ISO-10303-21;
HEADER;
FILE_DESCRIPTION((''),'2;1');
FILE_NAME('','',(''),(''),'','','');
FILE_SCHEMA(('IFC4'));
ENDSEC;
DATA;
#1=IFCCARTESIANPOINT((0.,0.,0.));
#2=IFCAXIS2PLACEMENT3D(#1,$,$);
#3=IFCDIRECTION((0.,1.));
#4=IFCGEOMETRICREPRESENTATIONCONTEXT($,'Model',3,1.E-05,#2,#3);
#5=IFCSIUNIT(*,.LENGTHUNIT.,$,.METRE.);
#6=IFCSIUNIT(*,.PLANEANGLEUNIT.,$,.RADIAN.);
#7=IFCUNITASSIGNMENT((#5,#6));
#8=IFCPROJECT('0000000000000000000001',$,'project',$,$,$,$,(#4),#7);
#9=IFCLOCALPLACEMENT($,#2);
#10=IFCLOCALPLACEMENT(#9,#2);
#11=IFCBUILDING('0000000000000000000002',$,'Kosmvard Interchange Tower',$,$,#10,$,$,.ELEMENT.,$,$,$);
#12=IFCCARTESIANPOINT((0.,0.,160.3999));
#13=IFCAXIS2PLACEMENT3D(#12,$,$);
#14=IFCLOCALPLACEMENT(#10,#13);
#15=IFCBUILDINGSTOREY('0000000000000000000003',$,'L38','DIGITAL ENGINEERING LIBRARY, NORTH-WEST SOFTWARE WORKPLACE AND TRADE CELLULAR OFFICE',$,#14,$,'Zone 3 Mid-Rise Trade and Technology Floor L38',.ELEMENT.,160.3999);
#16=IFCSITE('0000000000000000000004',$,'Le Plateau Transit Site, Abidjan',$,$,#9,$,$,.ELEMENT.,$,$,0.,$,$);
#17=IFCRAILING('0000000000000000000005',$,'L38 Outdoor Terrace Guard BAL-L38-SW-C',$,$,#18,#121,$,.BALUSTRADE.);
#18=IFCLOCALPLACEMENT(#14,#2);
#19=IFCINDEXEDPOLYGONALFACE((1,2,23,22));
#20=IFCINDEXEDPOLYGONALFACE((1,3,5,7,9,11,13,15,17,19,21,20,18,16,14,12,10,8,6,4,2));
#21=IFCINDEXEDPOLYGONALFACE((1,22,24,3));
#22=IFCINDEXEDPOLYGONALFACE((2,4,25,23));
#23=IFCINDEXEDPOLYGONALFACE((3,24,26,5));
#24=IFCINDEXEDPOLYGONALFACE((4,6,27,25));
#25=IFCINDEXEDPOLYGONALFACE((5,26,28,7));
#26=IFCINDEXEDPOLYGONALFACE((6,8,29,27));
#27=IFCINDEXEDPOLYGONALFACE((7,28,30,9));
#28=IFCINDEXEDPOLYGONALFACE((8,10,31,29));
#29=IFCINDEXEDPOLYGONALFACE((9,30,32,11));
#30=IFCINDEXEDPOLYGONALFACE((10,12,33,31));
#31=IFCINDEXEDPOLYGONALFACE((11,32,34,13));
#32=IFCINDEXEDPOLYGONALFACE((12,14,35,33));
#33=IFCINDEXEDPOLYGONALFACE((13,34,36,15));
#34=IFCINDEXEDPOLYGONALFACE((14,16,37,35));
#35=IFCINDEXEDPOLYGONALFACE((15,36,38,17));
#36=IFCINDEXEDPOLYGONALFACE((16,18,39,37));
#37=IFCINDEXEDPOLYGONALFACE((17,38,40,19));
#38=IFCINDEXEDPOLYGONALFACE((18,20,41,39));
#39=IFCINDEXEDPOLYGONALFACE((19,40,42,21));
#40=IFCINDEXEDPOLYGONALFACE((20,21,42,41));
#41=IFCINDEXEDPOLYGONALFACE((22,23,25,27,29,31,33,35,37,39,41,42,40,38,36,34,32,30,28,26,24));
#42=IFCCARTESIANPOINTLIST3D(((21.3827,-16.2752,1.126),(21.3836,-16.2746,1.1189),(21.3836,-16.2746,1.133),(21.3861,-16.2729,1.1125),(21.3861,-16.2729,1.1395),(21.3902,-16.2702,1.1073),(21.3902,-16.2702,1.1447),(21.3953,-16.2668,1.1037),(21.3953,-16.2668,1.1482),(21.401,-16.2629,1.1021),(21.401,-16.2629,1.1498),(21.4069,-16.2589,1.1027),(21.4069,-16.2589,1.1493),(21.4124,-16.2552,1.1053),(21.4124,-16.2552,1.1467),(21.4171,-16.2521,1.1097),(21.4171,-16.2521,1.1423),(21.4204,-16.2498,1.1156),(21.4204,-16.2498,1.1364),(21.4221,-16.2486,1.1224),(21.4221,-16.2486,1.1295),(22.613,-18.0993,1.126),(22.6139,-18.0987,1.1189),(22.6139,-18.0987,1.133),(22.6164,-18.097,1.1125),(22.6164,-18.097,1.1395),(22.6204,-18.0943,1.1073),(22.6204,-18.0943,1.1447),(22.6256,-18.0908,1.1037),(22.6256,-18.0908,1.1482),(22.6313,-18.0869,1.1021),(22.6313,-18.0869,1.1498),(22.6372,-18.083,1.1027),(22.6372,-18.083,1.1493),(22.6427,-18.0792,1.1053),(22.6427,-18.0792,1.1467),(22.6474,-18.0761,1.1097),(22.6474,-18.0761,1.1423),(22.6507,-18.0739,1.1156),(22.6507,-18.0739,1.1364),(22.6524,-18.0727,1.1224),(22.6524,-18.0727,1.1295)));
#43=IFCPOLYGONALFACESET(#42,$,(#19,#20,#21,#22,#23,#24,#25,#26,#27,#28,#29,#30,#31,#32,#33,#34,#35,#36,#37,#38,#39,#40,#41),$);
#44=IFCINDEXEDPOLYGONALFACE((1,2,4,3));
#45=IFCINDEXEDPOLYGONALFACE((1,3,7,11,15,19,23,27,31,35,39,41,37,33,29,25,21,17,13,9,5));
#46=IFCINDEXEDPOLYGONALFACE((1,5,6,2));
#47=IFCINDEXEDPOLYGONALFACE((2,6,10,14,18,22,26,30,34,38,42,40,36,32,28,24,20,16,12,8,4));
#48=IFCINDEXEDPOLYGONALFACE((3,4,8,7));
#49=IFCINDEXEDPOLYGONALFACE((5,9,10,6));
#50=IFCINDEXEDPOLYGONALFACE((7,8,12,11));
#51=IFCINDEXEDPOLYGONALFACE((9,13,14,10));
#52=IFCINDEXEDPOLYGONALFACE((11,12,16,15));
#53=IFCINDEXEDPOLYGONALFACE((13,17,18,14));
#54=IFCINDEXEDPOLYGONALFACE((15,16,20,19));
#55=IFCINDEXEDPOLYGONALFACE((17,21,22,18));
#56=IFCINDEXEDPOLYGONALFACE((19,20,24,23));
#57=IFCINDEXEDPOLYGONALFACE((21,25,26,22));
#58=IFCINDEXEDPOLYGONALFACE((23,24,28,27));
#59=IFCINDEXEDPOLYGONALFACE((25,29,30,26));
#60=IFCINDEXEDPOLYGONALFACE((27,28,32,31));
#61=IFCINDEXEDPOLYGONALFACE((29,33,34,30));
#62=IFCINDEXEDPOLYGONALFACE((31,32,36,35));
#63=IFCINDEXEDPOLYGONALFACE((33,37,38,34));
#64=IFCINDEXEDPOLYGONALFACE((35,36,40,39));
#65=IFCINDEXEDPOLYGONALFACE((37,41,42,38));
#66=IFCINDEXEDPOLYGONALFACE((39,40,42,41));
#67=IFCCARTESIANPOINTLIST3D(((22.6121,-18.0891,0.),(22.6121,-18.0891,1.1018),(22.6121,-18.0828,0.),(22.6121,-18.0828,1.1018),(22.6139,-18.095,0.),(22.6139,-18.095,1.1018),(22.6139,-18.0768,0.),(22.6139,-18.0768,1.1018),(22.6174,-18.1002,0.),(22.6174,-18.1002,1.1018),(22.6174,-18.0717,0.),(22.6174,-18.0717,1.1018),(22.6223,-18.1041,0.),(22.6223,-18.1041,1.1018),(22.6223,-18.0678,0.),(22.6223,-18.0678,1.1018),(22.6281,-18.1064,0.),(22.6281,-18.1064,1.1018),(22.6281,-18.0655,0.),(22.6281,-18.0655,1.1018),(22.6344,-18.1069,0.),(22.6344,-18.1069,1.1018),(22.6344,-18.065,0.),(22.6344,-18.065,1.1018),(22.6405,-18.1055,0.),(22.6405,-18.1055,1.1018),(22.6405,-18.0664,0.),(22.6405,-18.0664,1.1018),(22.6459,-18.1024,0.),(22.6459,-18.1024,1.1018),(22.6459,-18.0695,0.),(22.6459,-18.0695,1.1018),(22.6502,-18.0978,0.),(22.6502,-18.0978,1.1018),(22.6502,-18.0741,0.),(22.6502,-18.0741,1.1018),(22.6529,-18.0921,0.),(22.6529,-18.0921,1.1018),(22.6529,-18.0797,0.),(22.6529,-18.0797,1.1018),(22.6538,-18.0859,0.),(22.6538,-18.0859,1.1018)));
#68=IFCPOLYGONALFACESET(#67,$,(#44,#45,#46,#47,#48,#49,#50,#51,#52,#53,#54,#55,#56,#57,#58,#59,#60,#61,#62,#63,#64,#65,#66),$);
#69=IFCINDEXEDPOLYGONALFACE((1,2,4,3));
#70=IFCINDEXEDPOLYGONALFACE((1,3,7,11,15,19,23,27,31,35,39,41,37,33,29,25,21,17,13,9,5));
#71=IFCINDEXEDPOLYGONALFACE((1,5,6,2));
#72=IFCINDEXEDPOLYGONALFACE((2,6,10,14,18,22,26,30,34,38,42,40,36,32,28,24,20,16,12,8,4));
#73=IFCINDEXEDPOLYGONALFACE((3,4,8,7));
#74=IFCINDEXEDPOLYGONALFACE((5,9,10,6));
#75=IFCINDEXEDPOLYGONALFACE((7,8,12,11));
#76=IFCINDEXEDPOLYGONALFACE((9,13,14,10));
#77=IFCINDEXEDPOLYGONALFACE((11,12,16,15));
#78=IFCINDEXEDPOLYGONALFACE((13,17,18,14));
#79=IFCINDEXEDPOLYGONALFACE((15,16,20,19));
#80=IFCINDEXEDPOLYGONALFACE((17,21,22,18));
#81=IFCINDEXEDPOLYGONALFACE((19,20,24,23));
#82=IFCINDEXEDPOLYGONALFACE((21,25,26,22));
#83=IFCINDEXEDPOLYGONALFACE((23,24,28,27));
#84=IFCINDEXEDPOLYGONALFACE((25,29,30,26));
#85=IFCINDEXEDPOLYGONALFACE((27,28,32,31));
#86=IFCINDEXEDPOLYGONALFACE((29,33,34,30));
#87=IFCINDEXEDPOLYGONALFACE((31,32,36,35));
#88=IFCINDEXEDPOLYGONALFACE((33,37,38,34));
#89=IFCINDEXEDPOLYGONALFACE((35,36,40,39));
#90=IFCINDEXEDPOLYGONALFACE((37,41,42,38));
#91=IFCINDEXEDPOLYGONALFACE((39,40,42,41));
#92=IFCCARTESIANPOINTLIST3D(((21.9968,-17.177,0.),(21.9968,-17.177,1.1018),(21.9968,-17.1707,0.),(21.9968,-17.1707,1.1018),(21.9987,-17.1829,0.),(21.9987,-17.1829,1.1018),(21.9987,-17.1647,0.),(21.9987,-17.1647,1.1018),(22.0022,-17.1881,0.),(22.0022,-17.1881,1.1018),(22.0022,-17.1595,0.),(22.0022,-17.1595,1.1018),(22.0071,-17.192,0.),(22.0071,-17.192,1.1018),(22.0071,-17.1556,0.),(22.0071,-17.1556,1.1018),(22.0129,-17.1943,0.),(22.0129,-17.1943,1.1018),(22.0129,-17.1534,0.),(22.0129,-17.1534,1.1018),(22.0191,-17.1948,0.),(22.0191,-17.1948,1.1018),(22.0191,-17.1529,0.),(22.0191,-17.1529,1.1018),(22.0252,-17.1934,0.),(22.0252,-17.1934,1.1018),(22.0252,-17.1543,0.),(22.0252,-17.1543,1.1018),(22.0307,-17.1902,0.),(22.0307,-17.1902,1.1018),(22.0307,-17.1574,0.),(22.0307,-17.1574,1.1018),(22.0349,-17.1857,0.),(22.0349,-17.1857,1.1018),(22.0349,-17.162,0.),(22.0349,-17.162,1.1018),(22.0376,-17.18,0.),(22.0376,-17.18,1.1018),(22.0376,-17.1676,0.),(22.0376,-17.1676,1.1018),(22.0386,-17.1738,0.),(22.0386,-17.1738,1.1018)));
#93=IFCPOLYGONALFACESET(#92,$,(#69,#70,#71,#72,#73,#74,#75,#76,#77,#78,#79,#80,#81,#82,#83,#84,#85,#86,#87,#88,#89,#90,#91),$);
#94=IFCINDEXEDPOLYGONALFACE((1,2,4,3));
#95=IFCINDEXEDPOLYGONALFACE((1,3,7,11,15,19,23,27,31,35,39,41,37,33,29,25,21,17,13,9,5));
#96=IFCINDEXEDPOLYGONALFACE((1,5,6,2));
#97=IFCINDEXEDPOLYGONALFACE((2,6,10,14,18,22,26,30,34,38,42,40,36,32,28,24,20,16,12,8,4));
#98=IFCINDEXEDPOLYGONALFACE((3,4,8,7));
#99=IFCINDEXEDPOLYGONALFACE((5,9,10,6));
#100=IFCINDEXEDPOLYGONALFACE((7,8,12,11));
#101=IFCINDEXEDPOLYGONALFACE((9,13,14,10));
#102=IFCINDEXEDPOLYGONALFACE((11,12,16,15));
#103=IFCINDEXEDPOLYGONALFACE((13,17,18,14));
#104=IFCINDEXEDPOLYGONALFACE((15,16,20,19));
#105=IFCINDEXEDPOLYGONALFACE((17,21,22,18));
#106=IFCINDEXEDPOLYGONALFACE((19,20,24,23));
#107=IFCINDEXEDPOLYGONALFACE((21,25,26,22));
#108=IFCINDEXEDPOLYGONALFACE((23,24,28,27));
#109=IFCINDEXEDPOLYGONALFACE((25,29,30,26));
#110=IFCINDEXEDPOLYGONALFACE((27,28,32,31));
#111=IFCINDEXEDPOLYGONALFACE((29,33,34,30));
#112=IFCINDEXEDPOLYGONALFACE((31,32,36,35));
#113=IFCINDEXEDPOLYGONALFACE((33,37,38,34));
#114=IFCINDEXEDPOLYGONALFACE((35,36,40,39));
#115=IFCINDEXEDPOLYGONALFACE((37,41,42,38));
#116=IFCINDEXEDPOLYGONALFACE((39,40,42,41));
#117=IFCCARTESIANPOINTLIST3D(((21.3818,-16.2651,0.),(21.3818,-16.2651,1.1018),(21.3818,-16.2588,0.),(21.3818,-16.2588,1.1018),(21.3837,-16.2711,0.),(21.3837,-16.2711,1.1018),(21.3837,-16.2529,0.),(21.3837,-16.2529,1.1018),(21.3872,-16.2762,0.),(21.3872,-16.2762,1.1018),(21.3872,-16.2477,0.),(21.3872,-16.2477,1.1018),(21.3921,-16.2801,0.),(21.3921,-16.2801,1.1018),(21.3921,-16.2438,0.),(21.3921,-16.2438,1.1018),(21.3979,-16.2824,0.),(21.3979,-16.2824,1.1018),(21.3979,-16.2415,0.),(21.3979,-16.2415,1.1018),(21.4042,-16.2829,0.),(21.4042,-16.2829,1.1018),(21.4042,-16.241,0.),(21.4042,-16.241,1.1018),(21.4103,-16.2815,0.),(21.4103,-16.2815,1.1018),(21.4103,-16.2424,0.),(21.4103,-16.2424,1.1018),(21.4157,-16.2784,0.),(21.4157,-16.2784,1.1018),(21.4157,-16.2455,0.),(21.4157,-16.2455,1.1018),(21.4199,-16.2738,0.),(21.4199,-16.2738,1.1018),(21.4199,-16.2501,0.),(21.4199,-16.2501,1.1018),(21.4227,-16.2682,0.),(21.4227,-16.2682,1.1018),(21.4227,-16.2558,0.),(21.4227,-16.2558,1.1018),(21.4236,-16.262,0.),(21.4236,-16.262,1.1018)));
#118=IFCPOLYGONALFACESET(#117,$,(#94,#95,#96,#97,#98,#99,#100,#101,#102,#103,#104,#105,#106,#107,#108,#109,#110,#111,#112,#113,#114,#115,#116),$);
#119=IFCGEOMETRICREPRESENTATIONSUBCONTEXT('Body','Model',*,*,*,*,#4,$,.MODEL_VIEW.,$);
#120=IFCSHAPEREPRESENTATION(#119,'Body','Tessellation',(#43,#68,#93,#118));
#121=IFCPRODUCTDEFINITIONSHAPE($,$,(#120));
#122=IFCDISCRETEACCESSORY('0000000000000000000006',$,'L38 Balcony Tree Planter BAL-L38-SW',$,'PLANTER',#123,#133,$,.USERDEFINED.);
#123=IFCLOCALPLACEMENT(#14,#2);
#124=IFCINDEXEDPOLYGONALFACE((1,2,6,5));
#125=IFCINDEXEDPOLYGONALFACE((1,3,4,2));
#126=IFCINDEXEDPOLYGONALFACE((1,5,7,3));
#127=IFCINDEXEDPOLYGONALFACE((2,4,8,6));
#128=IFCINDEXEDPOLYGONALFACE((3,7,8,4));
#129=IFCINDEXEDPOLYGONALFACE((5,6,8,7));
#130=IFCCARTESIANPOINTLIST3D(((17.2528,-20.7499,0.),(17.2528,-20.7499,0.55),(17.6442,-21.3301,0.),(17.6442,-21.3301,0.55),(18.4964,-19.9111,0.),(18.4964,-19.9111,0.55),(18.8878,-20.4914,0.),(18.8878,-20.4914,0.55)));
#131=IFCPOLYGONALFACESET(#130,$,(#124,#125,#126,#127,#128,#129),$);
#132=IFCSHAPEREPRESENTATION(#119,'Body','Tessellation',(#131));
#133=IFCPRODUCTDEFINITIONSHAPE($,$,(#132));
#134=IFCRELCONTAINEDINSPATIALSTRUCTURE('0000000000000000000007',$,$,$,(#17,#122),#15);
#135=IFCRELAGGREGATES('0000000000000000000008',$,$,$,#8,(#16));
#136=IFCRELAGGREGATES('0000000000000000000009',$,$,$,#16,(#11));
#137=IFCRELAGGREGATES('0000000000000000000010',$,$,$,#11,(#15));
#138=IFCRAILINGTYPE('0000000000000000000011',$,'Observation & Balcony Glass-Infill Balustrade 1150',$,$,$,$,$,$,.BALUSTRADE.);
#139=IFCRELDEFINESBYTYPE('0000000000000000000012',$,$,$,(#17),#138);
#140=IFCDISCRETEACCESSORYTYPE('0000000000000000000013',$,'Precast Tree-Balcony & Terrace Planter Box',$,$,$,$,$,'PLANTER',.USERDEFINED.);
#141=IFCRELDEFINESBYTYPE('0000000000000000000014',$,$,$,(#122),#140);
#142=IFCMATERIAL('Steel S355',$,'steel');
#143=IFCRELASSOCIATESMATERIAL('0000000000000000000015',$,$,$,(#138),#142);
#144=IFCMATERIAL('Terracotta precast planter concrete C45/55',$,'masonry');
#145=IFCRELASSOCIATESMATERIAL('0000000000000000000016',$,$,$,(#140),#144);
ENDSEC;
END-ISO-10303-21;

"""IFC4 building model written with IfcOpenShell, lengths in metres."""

from ifc_helpers import new_model, si_unit, direction, frame, origin, origin_2d, place, context, subcontext, project, spatial, rectangle, circle, extrude, source, transform, mapped, material, type_object, element, save


model = new_model("IFC4")

# Units and contexts
model_context = context("Model", 3, precision=1e-05, world=origin(), true_north=direction((0.0, 1.0)))
body_context = subcontext(model_context, "Body", "Model", "MODEL_VIEW")
ifc_project = project(units=[si_unit("LENGTHUNIT", "METRE"), si_unit("PLANEANGLEUNIT", "RADIAN")], contexts=[model_context])

# Site, building, storey
site_placement = place(None, origin())
site = spatial("IfcSite", under=ifc_project, at=site_placement, Name="Le Plateau Transit Site, Abidjan", CompositionType="ELEMENT", RefElevation=0.0)
building_placement = place(site_placement, origin())
building = spatial("IfcBuilding", under=site, at=building_placement, Name="Kosmvard Interchange Tower", CompositionType="ELEMENT")
storey_placement = place(building_placement, frame((0.0, 0.0, 160.3999)))
storey = spatial("IfcBuildingStorey", under=building, at=storey_placement, Name="L38", Description="DIGITAL ENGINEERING LIBRARY, NORTH-WEST SOFTWARE WORKPLACE AND TRADE CELLULAR OFFICE", LongName="Zone 3 Mid-Rise Trade and Technology Floor L38", CompositionType="ELEMENT", Elevation=160.3999)

# Shared definitions
ifc_material_1 = material(Name="Steel S355", Category="steel")

# Railing
railing_type = type_object("IfcRailingType", Name="Observation & Balcony Glass-Infill Balustrade 1150", PredefinedType="BALUSTRADE", material=ifc_material_1)
shared_shape_1 = source(origin(), body_context, "Body", "SweptSolid", [
    extrude(circle(Radius=0.0239, at=origin_2d()), frame((0.0, 0.0, 1.126), z_axis=(-0.559174, 0.829051, 0.0), x_axis=(-0.829051, -0.559174, 0.0)), (0.0, 0.0, 1.0), 2.2002),
    extrude(circle(Radius=0.021, at=origin_2d()), origin(), (0.0, 0.0, 1.0), 1.1018),
    extrude(circle(Radius=0.021, at=origin_2d()), frame((-0.6152, 0.9121, 0.0)), (0.0, 0.0, 1.0), 1.1018),
    extrude(circle(Radius=0.021, at=origin_2d()), frame((-1.2302, 1.824, 0.0)), (0.0, 0.0, 1.0), 1.1018),
])
railing_1_placement = place(storey_placement, frame((22.6328, -18.0859, 0.0)))
element("IfcRailing", 1, at=railing_1_placement, inside=storey, type_object=railing_type, Name="L38 Outdoor Terrace Guard BAL-L38-SW-C", PredefinedType="BALUSTRADE", context=body_context, shape_type="MappedRepresentation", body=[
    mapped(shared_shape_1, transform((0.0, 0.0, 0.0), scale=1.0)),
])

# Discrete accessory
ifc_material_2 = material(Name="Terracotta precast planter concrete C45/55", Category="masonry")
discrete_accessory_type = type_object("IfcDiscreteAccessoryType", Name="Precast Tree-Balcony & Terrace Planter Box", ElementType="PLANTER", PredefinedType="USERDEFINED", material=ifc_material_2)
shared_shape_2 = source(origin(), body_context, "Body", "SweptSolid", [
    extrude(rectangle(XDim=1.5, YDim=0.7, at=origin_2d()), origin(), (0.0, 0.0, 1.0), 0.55),
])
discrete_accessory_placement = place(storey_placement, frame((18.0703, -20.6206, 0.0), z_axis=(0.0, 0.0, 1.0), x_axis=(0.829038, 0.559193, 0.0)))
element("IfcDiscreteAccessory", 2, at=discrete_accessory_placement, inside=storey, type_object=discrete_accessory_type, Name="L38 Balcony Tree Planter BAL-L38-SW", ObjectType="PLANTER", PredefinedType="USERDEFINED", context=body_context, shape_type="MappedRepresentation", body=[
    mapped(shared_shape_2, transform((0.0, 0.0, 0.0), scale=1.0)),
])

save(model, "model.ifc")
